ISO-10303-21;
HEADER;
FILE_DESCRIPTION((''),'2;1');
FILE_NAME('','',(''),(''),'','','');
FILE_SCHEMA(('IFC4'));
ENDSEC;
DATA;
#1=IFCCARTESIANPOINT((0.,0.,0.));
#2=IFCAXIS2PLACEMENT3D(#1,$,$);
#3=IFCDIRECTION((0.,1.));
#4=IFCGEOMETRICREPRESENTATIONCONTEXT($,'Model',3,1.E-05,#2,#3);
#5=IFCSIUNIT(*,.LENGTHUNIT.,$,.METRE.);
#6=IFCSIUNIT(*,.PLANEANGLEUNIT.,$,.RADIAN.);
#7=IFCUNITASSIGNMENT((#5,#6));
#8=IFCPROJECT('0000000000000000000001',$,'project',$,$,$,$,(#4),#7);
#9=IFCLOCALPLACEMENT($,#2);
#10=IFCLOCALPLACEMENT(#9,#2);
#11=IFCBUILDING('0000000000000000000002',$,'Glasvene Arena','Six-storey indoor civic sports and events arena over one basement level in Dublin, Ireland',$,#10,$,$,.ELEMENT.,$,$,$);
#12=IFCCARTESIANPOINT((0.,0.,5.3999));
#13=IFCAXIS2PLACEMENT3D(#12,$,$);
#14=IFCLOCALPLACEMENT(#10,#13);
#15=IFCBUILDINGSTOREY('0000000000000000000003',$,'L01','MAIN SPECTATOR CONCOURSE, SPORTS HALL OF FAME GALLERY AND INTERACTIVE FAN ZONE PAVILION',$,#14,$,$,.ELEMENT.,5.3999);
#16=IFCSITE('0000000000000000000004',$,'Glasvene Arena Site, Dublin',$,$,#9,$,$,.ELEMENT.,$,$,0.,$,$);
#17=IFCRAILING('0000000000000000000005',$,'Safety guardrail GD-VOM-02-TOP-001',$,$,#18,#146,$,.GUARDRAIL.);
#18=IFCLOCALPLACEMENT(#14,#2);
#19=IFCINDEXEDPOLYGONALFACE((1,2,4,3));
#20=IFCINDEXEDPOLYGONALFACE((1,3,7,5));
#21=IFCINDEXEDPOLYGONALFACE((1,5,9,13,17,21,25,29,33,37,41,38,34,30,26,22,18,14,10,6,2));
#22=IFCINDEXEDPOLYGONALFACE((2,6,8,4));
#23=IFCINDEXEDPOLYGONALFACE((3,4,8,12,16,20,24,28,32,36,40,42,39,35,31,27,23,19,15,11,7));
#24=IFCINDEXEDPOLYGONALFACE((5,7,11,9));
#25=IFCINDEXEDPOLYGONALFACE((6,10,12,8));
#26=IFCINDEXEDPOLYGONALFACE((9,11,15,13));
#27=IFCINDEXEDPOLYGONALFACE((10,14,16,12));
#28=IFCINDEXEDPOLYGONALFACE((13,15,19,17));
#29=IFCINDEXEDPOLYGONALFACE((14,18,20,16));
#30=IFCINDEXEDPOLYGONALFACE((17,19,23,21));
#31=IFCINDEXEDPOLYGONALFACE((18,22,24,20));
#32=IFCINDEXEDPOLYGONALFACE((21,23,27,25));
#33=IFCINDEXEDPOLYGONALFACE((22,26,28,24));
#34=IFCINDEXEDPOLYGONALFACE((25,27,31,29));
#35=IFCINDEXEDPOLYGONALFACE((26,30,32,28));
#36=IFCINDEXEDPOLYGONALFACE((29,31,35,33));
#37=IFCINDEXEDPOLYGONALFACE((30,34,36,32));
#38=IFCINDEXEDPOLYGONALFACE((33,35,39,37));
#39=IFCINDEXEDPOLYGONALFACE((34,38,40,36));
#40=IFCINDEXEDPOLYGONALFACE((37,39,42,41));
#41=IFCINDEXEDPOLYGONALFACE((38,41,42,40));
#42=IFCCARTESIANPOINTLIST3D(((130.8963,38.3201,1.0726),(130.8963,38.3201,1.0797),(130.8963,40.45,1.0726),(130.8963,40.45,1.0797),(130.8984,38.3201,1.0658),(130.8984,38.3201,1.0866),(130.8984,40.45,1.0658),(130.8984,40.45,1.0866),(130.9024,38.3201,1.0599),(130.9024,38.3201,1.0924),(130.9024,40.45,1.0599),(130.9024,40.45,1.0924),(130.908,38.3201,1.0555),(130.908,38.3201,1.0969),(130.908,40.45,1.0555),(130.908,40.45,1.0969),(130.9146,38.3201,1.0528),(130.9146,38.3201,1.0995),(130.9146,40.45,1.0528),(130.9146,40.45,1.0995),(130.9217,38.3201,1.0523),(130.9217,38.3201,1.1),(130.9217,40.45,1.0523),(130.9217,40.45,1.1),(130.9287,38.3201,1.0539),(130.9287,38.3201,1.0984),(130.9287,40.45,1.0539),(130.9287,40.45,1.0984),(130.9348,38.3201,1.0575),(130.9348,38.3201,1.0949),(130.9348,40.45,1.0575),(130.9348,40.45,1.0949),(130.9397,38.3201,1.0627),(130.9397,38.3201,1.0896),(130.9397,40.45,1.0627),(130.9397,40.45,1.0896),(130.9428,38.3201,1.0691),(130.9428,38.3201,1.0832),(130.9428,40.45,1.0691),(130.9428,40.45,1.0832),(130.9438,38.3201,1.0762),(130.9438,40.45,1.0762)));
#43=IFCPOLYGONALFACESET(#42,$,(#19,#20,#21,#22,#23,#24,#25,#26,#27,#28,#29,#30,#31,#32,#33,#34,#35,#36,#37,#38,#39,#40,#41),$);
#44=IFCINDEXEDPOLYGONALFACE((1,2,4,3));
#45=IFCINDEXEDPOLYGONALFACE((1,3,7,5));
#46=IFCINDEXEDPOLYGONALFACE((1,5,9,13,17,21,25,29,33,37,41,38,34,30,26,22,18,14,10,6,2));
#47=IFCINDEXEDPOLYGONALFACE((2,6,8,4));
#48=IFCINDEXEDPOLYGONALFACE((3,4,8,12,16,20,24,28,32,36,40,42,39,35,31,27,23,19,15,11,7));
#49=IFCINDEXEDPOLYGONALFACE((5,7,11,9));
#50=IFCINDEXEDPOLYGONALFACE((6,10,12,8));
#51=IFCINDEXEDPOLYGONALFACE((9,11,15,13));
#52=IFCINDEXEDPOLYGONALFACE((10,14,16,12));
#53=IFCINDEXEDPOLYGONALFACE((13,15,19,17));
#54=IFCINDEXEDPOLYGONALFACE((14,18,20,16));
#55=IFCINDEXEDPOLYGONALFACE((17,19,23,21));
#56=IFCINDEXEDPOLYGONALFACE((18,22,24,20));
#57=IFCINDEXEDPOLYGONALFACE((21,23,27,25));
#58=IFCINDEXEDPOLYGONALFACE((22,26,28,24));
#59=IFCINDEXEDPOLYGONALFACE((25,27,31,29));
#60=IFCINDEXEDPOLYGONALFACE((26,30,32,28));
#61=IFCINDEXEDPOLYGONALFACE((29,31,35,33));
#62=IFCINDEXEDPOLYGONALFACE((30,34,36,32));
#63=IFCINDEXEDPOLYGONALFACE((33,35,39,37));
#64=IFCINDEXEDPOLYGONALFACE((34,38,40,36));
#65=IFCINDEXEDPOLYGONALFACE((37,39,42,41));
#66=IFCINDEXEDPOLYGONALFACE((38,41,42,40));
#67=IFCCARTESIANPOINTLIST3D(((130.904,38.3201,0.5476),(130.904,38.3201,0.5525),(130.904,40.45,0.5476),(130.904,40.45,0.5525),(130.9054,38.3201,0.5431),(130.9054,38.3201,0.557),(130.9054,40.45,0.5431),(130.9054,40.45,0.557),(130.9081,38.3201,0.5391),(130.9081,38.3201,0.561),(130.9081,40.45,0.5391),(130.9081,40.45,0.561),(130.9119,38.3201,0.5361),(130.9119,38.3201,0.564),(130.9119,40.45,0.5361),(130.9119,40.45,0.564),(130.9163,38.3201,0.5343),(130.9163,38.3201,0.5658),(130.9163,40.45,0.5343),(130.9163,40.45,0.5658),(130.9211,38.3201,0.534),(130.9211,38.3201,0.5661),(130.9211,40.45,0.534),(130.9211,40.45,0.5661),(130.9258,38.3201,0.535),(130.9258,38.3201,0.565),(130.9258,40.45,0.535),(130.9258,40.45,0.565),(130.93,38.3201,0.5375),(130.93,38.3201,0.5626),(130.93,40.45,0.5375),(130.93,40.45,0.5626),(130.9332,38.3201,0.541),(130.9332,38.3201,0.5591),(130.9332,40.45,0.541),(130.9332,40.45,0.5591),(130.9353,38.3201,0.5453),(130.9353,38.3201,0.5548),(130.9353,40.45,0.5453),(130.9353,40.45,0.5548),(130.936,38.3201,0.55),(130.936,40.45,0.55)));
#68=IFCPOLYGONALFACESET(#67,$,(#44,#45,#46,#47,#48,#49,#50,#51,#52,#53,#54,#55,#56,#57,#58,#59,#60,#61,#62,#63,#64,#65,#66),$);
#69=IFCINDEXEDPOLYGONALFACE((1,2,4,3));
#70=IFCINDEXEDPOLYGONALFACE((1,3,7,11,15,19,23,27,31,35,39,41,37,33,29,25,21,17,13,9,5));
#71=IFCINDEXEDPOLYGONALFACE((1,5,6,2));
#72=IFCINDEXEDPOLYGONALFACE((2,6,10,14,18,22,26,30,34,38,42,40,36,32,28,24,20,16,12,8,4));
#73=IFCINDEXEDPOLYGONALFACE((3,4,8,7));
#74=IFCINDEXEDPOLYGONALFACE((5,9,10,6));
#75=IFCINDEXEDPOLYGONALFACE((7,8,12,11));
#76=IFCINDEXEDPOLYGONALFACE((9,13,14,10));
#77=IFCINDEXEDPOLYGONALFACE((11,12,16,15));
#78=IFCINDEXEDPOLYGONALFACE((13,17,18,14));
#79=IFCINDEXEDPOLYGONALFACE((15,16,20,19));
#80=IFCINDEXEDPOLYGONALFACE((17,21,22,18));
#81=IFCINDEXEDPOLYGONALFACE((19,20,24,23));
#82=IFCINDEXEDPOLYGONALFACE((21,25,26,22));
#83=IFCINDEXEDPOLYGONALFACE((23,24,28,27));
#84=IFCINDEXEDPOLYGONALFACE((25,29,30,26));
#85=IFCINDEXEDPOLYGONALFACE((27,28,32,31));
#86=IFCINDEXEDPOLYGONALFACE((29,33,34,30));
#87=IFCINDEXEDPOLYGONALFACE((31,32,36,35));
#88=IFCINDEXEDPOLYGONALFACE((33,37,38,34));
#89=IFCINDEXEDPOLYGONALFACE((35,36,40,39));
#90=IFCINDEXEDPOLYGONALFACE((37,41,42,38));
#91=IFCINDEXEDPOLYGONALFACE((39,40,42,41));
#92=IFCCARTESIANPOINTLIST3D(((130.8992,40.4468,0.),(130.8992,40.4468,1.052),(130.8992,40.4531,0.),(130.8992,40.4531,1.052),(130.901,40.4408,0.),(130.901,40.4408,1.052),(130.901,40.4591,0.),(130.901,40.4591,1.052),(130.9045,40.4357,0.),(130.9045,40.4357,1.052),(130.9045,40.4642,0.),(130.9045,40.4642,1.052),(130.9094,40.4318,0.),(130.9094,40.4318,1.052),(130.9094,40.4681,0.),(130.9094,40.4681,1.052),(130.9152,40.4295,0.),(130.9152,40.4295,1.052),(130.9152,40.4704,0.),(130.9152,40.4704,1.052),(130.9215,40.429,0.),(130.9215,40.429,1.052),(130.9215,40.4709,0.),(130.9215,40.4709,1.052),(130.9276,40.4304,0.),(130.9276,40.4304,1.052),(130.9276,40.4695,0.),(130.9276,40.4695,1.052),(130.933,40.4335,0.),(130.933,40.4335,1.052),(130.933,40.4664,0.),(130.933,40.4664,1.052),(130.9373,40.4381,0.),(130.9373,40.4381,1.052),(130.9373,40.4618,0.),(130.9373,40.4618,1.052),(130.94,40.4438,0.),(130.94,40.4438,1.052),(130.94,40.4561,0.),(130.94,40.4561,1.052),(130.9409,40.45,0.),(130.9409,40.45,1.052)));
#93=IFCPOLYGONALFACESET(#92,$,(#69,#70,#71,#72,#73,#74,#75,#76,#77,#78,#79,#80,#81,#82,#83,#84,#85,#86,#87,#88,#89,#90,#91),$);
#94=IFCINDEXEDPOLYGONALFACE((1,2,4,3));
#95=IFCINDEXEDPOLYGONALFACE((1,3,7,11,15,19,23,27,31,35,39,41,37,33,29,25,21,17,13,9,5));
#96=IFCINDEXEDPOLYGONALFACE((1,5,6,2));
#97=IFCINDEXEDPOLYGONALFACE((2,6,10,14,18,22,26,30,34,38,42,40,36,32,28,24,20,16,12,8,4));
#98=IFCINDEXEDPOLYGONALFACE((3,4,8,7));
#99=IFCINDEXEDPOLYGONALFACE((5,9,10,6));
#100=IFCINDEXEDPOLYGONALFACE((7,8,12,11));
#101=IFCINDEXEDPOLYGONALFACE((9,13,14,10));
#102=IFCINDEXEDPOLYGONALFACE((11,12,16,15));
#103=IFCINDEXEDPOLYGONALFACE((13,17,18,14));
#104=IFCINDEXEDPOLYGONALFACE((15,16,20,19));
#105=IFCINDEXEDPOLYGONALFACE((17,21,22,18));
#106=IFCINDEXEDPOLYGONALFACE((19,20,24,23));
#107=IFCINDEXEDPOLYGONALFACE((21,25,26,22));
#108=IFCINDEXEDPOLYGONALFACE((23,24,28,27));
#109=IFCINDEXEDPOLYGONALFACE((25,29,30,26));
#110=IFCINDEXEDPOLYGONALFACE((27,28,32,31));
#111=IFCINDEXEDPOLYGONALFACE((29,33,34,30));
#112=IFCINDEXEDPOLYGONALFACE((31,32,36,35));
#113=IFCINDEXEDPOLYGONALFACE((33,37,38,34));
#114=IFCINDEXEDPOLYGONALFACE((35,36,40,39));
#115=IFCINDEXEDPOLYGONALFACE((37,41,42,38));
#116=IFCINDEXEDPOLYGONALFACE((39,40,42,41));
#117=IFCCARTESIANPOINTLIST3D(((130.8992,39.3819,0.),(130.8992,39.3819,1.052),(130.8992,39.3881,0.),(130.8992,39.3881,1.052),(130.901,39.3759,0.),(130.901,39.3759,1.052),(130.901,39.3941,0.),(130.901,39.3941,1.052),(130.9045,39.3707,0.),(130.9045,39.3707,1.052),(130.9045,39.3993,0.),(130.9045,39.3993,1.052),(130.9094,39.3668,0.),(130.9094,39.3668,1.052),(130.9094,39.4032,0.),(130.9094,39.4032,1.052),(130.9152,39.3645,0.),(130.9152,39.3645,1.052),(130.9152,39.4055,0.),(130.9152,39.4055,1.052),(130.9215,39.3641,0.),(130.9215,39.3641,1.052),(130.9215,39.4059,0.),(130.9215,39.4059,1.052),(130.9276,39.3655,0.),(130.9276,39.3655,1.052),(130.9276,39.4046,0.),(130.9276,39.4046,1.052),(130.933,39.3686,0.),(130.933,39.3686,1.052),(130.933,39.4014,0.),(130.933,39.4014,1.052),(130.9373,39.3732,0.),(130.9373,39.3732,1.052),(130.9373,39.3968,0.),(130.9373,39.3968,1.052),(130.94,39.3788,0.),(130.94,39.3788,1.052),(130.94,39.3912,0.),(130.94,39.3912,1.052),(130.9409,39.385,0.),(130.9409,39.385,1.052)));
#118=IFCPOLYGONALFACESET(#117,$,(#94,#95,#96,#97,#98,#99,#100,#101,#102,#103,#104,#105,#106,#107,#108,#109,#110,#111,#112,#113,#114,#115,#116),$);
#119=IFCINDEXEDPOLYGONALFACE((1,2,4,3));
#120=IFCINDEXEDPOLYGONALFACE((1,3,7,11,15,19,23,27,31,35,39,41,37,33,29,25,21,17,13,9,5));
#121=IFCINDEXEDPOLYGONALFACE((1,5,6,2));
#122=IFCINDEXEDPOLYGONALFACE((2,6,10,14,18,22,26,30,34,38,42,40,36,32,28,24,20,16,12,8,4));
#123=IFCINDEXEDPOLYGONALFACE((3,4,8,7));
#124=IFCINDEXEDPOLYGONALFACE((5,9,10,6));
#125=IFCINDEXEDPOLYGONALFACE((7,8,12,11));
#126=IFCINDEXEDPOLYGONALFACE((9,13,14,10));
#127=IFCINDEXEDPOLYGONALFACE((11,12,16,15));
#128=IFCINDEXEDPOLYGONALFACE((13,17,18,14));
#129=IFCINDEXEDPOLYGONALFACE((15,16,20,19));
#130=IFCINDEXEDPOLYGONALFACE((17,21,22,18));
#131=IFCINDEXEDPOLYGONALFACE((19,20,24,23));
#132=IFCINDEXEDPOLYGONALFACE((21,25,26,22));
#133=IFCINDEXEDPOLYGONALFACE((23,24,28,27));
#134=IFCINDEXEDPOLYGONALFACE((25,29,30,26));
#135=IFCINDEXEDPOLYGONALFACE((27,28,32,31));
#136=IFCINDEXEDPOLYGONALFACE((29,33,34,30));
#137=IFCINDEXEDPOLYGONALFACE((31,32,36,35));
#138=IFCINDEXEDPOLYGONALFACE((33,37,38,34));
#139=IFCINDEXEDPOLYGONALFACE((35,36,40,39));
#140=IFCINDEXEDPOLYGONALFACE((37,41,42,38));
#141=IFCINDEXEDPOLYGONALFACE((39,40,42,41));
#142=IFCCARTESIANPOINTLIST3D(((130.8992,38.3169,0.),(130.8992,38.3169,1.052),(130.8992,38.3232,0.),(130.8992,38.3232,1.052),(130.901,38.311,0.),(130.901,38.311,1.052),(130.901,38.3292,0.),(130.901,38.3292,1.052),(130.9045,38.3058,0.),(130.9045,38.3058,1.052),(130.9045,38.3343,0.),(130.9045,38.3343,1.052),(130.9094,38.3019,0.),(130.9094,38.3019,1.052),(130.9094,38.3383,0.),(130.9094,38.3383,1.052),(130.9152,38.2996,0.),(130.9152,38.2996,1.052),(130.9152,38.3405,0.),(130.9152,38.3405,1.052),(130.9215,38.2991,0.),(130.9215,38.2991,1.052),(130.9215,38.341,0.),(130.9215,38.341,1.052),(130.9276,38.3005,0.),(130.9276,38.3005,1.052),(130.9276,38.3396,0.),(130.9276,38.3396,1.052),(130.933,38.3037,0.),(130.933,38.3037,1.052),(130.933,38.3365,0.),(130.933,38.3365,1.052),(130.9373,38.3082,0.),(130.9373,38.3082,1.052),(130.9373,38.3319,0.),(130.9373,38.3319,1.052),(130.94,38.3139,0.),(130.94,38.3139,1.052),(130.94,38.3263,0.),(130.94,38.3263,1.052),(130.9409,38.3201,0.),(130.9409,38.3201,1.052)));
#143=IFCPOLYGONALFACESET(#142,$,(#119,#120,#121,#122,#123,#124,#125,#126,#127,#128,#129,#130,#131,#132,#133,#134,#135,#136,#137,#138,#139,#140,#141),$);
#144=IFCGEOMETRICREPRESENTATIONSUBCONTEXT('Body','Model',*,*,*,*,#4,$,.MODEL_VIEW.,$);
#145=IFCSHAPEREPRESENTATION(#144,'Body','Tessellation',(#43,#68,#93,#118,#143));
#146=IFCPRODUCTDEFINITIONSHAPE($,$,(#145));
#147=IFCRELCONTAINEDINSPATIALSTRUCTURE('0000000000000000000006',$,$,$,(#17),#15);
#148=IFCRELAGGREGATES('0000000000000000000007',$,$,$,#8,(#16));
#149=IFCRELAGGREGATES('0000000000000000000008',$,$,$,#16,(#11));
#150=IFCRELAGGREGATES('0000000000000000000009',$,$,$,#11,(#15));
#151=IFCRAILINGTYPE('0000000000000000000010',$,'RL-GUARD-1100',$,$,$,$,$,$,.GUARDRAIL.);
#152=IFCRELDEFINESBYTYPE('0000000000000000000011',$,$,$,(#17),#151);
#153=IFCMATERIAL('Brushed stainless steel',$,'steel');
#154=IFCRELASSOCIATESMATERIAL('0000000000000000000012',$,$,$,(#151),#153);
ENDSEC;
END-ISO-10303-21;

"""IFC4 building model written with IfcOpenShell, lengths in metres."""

from ifc_helpers import new_model, si_unit, direction, frame, origin, origin_2d, place, context, subcontext, project, spatial, circle, extrude, material, type_object, element, save


model = new_model("IFC4")

# Units and contexts
model_context = context("Model", 3, precision=1e-05, world=origin(), true_north=direction((0.0, 1.0)))
body_context = subcontext(model_context, "Body", "Model", "MODEL_VIEW")
ifc_project = project(units=[si_unit("LENGTHUNIT", "METRE"), si_unit("PLANEANGLEUNIT", "RADIAN")], contexts=[model_context])

# Site, building, storey
site_placement = place(None, origin())
site = spatial("IfcSite", under=ifc_project, at=site_placement, Name="Glasvene Arena Site, Dublin", CompositionType="ELEMENT", RefElevation=0.0)
building_placement = place(site_placement, origin())
building = spatial("IfcBuilding", under=site, at=building_placement, Name="Glasvene Arena", Description="Six-storey indoor civic sports and events arena over one basement level in Dublin, Ireland", CompositionType="ELEMENT")
storey_placement = place(building_placement, frame((0.0, 0.0, 5.3999)))
storey = spatial("IfcBuildingStorey", under=building, at=storey_placement, Name="L01", Description="MAIN SPECTATOR CONCOURSE, SPORTS HALL OF FAME GALLERY AND INTERACTIVE FAN ZONE PAVILION", CompositionType="ELEMENT", Elevation=5.3999)

# Shared definitions
ifc_material_1 = material(Name="Brushed stainless steel", Category="steel")

# Railing
railing_type_1 = type_object("IfcRailingType", Name="RL-GUARD-1100", PredefinedType="GUARDRAIL", material=ifc_material_1)
railing_1_placement = place(storey_placement, frame((130.9199, 40.45, 0.0)))
element("IfcRailing", 1, at=railing_1_placement, inside=storey, type_object=railing_type_1, Name="Safety guardrail GD-VOM-02-TOP-001", PredefinedType="GUARDRAIL", context=body_context, shape_type="SweptSolid", body=[
    extrude(circle(Radius=0.0239, at=origin_2d()), frame((0.0, 0.0, 1.0762), z_axis=(0.0, -1.0, 0.0), x_axis=(1.0, 0.0, 0.0)), (0.0, 0.0, 1.0), 2.1299),
    extrude(circle(Radius=0.0161, at=origin_2d()), frame((0.0, 0.0, 0.55), z_axis=(0.0, -1.0, 0.0), x_axis=(1.0, 0.0, 0.0)), (0.0, 0.0, 1.0), 2.1299),
    extrude(circle(Radius=0.021, at=origin_2d()), origin(), (0.0, 0.0, 1.0), 1.052),
    extrude(circle(Radius=0.021, at=origin_2d()), frame((0.0, -1.0649, 0.0)), (0.0, 0.0, 1.0), 1.052),
    extrude(circle(Radius=0.021, at=origin_2d()), frame((0.0, -2.1299, 0.0)), (0.0, 0.0, 1.0), 1.052),
])

save(model, "model.ifc")
